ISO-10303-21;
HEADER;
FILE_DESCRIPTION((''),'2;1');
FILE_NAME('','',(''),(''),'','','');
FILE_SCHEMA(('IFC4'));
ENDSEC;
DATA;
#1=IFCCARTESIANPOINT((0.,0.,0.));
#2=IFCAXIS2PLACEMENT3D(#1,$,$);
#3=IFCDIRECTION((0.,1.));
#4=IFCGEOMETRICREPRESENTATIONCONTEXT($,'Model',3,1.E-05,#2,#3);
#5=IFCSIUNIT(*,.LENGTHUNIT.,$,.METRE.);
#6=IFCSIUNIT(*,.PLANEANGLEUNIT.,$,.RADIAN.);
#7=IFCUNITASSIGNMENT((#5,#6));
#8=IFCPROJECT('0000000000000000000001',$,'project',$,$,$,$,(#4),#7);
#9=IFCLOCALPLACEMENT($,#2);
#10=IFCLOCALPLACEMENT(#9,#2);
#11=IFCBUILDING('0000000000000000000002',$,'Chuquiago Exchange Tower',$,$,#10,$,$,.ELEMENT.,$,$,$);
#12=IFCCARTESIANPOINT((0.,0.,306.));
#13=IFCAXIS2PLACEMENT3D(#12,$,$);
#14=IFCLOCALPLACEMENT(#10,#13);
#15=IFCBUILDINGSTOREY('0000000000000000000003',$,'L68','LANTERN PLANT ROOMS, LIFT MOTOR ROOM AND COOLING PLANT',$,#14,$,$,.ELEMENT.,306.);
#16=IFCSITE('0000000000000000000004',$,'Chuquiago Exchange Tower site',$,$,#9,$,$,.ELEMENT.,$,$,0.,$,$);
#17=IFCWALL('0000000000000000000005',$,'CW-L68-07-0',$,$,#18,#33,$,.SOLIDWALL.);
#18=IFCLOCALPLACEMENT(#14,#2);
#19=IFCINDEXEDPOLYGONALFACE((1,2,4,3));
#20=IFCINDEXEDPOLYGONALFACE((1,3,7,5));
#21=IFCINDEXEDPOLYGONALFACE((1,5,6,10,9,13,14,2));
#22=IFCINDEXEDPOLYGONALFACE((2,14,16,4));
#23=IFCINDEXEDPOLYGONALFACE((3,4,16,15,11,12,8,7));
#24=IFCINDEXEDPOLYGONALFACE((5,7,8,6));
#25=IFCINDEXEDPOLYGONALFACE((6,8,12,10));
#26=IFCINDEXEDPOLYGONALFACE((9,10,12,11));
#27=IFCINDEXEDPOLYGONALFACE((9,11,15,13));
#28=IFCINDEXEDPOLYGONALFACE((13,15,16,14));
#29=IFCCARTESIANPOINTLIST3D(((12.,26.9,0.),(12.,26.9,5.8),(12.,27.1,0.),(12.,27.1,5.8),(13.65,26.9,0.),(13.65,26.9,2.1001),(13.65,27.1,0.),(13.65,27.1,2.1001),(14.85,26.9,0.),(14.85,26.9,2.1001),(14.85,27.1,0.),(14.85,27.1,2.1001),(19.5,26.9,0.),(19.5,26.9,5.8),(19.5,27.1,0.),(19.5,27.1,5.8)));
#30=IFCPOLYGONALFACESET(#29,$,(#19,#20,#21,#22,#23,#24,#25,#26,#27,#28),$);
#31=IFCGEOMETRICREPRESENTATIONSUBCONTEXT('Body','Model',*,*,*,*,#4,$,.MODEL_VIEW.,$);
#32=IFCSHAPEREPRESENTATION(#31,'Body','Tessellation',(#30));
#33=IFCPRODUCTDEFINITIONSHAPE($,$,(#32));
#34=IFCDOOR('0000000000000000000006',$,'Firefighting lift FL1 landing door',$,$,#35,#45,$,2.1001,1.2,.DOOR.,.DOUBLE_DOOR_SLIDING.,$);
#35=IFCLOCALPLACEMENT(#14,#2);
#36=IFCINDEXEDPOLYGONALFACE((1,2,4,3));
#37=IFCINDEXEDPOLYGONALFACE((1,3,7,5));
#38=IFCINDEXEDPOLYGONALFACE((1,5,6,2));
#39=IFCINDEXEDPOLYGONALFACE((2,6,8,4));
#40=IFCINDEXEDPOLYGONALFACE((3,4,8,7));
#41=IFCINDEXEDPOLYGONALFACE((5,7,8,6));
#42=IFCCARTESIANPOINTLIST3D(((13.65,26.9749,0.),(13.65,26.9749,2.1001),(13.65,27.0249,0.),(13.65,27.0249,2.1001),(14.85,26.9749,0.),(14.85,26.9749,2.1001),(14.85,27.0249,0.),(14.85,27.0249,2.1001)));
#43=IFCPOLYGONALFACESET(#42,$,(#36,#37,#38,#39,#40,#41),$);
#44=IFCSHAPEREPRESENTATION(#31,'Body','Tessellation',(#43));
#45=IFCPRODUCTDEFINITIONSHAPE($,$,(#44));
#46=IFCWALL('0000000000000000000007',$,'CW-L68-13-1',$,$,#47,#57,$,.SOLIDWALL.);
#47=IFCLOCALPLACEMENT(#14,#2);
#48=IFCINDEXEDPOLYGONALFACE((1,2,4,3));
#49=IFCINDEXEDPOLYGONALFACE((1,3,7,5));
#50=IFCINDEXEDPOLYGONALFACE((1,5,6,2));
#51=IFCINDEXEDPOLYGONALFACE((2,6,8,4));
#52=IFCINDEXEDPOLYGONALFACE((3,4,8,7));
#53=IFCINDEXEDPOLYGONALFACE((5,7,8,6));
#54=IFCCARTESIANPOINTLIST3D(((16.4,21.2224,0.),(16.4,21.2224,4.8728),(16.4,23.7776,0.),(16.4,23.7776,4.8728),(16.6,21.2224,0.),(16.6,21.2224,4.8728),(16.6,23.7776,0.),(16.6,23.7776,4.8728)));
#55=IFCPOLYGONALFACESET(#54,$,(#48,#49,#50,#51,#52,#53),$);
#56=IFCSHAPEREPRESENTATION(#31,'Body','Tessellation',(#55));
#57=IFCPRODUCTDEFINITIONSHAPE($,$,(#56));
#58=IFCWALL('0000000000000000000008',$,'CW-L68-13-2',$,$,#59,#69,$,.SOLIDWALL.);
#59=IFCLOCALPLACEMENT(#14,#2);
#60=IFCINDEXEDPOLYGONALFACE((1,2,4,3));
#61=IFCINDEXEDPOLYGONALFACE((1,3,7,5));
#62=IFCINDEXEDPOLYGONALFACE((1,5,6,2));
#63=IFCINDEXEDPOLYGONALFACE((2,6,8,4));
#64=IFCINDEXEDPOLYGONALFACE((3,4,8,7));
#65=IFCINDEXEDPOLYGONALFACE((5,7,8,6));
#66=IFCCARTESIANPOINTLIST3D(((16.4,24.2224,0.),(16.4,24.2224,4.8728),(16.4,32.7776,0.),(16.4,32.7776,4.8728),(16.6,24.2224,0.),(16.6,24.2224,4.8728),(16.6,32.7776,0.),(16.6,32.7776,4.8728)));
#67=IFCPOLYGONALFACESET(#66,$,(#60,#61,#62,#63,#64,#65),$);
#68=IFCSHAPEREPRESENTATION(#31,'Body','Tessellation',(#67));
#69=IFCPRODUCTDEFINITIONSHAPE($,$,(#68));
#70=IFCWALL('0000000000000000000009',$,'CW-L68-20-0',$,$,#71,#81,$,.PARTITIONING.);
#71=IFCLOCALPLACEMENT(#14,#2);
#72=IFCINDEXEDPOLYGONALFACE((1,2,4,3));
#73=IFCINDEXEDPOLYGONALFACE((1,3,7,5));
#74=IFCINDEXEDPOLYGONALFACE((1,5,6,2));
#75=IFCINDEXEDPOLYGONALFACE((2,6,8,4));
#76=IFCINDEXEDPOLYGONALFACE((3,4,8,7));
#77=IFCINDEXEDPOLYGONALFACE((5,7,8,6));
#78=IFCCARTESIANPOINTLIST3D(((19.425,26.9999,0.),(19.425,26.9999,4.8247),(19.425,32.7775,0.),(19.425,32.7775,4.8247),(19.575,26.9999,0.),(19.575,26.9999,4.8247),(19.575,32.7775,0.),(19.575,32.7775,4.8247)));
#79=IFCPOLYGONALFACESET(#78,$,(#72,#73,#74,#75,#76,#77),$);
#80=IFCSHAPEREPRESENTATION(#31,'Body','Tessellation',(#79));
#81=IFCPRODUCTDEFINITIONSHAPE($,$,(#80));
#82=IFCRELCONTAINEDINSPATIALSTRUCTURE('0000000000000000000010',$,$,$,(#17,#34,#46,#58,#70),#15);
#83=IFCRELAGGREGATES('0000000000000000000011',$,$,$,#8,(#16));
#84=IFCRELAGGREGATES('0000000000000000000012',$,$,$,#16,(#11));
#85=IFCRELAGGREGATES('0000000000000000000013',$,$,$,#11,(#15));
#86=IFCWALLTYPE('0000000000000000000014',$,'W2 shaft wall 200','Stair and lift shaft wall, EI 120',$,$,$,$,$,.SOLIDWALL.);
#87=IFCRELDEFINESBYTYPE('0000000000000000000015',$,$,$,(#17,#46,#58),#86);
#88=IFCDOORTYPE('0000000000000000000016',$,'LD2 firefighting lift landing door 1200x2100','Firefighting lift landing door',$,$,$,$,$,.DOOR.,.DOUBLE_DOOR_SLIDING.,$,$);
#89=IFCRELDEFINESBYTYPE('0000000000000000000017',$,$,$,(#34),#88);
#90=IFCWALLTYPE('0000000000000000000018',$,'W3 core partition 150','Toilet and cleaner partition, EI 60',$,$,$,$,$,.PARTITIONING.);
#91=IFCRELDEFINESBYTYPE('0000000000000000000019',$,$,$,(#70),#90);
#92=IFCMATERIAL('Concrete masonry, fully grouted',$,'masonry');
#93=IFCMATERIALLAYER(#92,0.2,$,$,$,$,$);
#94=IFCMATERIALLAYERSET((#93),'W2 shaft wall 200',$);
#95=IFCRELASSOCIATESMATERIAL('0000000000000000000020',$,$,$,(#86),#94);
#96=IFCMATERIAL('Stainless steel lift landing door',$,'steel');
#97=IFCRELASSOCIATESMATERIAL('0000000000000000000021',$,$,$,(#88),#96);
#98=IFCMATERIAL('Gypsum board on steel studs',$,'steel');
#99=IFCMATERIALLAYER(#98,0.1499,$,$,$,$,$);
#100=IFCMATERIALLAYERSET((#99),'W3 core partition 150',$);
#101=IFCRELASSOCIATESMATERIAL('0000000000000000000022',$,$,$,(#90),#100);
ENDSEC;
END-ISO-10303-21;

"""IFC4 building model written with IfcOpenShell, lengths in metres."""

from ifc_helpers import new_model, si_unit, direction, frame, frame_2d, origin, place, context, subcontext, project, spatial, rectangle, extrude, material, layer, layer_set, type_object, element, fill, save


model = new_model("IFC4")

# Units and contexts
model_context = context("Model", 3, precision=1e-05, world=origin(), true_north=direction((0.0, 1.0)))
body_context = subcontext(model_context, "Body", "Model", "MODEL_VIEW")
ifc_project = project(units=[si_unit("LENGTHUNIT", "METRE"), si_unit("PLANEANGLEUNIT", "RADIAN")], contexts=[model_context])

# Site, building, storey
site_placement = place(None, origin())
site = spatial("IfcSite", under=ifc_project, at=site_placement, Name="Chuquiago Exchange Tower site", CompositionType="ELEMENT", RefElevation=0.0)
building_placement = place(site_placement, origin())
building = spatial("IfcBuilding", under=site, at=building_placement, Name="Chuquiago Exchange Tower", CompositionType="ELEMENT")
storey_placement = place(building_placement, frame((0.0, 0.0, 306.0)))
storey = spatial("IfcBuildingStorey", under=building, at=storey_placement, Name="L68", Description="LANTERN PLANT ROOMS, LIFT MOTOR ROOM AND COOLING PLANT", CompositionType="ELEMENT", Elevation=306.0)

# Wall, opening, door
ifc_material_1 = material(Name="Concrete masonry, fully grouted", Category="masonry")
ifc_layer_1 = layer(ifc_material_1, 0.2)
ifc_layer_set_1 = layer_set([ifc_layer_1], Name="W2 shaft wall 200")
wall_type_1 = type_object("IfcWallType", Name="W2 shaft wall 200", Description="Stair and lift shaft wall, EI 120", PredefinedType="SOLIDWALL", material=ifc_layer_set_1)
wall_1_placement = place(storey_placement, frame((12.0, 27.0, 0.0), z_axis=(0.0, 0.0, 1.0), x_axis=(1.0, 0.0, 0.0)))
wall_1 = element("IfcWall", 1, at=wall_1_placement, inside=storey, type_object=wall_type_1, Name="CW-L68-07-0", PredefinedType="SOLIDWALL", context=body_context, shape_type="SweptSolid", body=[
    extrude(rectangle(XDim=7.5, YDim=0.2, at=frame_2d((3.75, 0.0))), origin(), (0.0, 0.0, 1.0), 5.8),
])
opening_1_placement = place(wall_1_placement, frame((1.6499, 0.0, 0.0)))
opening_1 = element("IfcOpeningElement", 2, at=opening_1_placement, cuts=wall_1, PredefinedType="OPENING", context=body_context, shape_type="SweptSolid", body=[
    extrude(rectangle(XDim=1.2, YDim=2.1001, at=frame_2d((0.6001, 1.05))), frame((0.0, 0.1099, 0.0), z_axis=(0.0, -1.0, 0.0), x_axis=(1.0, 0.0, 0.0)), (0.0, 0.0, 1.0), 0.22),
])
ifc_material_2 = material(Name="Stainless steel lift landing door", Category="steel")
door_type_1 = type_object("IfcDoorType", Name="LD2 firefighting lift landing door 1200x2100", Description="Firefighting lift landing door", OperationType="DOUBLE_DOOR_SLIDING", PredefinedType="DOOR", material=ifc_material_2)
door_1_placement = place(opening_1_placement, origin())
door_1 = element("IfcDoor", 3, at=door_1_placement, inside=storey, type_object=door_type_1, Name="Firefighting lift FL1 landing door", OperationType="DOUBLE_DOOR_SLIDING", OverallHeight=2.1001, OverallWidth=1.2, PredefinedType="DOOR", context=body_context, shape_type="SweptSolid", body=[
    extrude(rectangle(XDim=1.2, YDim=2.1001, at=frame_2d((0.6001, 1.05))), frame((0.0, 0.0249, 0.0), z_axis=(0.0, -1.0, 0.0), x_axis=(1.0, 0.0, 0.0)), (0.0, 0.0, 1.0), 0.05),
])
fill(opening_1, door_1)

# Walls
wall_2_placement = place(storey_placement, frame((16.5, 21.2224, 0.0), z_axis=(0.0, 0.0, 1.0), x_axis=(0.0, 1.0, 0.0)))
element("IfcWall", 4, at=wall_2_placement, inside=storey, type_object=wall_type_1, Name="CW-L68-13-1", PredefinedType="SOLIDWALL", context=body_context, shape_type="SweptSolid", body=[
    extrude(rectangle(XDim=2.5552, YDim=0.2, at=frame_2d((1.2776, 0.0))), origin(), (0.0, 0.0, 1.0), 4.8728),
])
wall_3_placement = place(storey_placement, frame((16.5, 24.2224, 0.0), z_axis=(0.0, 0.0, 1.0), x_axis=(0.0, 1.0, 0.0)))
element("IfcWall", 5, at=wall_3_placement, inside=storey, type_object=wall_type_1, Name="CW-L68-13-2", PredefinedType="SOLIDWALL", context=body_context, shape_type="SweptSolid", body=[
    extrude(rectangle(XDim=8.5552, YDim=0.2, at=frame_2d((4.2776, 0.0))), origin(), (0.0, 0.0, 1.0), 4.8728),
])
ifc_material_3 = material(Name="Gypsum board on steel studs", Category="steel")
ifc_layer_2 = layer(ifc_material_3, 0.1499)
ifc_layer_set_2 = layer_set([ifc_layer_2], Name="W3 core partition 150")
wall_type_2 = type_object("IfcWallType", Name="W3 core partition 150", Description="Toilet and cleaner partition, EI 60", PredefinedType="PARTITIONING", material=ifc_layer_set_2)
wall_4_placement = place(storey_placement, frame((19.5, 27.0, 0.0), z_axis=(0.0, 0.0, 1.0), x_axis=(0.0, 1.0, 0.0)))
element("IfcWall", 6, at=wall_4_placement, inside=storey, type_object=wall_type_2, Name="CW-L68-20-0", PredefinedType="PARTITIONING", context=body_context, shape_type="SweptSolid", body=[
    extrude(rectangle(XDim=5.7776, YDim=0.1499, at=frame_2d((2.8887, 0.0))), origin(), (0.0, 0.0, 1.0), 4.8247),
])

save(model, "model.ifc")
